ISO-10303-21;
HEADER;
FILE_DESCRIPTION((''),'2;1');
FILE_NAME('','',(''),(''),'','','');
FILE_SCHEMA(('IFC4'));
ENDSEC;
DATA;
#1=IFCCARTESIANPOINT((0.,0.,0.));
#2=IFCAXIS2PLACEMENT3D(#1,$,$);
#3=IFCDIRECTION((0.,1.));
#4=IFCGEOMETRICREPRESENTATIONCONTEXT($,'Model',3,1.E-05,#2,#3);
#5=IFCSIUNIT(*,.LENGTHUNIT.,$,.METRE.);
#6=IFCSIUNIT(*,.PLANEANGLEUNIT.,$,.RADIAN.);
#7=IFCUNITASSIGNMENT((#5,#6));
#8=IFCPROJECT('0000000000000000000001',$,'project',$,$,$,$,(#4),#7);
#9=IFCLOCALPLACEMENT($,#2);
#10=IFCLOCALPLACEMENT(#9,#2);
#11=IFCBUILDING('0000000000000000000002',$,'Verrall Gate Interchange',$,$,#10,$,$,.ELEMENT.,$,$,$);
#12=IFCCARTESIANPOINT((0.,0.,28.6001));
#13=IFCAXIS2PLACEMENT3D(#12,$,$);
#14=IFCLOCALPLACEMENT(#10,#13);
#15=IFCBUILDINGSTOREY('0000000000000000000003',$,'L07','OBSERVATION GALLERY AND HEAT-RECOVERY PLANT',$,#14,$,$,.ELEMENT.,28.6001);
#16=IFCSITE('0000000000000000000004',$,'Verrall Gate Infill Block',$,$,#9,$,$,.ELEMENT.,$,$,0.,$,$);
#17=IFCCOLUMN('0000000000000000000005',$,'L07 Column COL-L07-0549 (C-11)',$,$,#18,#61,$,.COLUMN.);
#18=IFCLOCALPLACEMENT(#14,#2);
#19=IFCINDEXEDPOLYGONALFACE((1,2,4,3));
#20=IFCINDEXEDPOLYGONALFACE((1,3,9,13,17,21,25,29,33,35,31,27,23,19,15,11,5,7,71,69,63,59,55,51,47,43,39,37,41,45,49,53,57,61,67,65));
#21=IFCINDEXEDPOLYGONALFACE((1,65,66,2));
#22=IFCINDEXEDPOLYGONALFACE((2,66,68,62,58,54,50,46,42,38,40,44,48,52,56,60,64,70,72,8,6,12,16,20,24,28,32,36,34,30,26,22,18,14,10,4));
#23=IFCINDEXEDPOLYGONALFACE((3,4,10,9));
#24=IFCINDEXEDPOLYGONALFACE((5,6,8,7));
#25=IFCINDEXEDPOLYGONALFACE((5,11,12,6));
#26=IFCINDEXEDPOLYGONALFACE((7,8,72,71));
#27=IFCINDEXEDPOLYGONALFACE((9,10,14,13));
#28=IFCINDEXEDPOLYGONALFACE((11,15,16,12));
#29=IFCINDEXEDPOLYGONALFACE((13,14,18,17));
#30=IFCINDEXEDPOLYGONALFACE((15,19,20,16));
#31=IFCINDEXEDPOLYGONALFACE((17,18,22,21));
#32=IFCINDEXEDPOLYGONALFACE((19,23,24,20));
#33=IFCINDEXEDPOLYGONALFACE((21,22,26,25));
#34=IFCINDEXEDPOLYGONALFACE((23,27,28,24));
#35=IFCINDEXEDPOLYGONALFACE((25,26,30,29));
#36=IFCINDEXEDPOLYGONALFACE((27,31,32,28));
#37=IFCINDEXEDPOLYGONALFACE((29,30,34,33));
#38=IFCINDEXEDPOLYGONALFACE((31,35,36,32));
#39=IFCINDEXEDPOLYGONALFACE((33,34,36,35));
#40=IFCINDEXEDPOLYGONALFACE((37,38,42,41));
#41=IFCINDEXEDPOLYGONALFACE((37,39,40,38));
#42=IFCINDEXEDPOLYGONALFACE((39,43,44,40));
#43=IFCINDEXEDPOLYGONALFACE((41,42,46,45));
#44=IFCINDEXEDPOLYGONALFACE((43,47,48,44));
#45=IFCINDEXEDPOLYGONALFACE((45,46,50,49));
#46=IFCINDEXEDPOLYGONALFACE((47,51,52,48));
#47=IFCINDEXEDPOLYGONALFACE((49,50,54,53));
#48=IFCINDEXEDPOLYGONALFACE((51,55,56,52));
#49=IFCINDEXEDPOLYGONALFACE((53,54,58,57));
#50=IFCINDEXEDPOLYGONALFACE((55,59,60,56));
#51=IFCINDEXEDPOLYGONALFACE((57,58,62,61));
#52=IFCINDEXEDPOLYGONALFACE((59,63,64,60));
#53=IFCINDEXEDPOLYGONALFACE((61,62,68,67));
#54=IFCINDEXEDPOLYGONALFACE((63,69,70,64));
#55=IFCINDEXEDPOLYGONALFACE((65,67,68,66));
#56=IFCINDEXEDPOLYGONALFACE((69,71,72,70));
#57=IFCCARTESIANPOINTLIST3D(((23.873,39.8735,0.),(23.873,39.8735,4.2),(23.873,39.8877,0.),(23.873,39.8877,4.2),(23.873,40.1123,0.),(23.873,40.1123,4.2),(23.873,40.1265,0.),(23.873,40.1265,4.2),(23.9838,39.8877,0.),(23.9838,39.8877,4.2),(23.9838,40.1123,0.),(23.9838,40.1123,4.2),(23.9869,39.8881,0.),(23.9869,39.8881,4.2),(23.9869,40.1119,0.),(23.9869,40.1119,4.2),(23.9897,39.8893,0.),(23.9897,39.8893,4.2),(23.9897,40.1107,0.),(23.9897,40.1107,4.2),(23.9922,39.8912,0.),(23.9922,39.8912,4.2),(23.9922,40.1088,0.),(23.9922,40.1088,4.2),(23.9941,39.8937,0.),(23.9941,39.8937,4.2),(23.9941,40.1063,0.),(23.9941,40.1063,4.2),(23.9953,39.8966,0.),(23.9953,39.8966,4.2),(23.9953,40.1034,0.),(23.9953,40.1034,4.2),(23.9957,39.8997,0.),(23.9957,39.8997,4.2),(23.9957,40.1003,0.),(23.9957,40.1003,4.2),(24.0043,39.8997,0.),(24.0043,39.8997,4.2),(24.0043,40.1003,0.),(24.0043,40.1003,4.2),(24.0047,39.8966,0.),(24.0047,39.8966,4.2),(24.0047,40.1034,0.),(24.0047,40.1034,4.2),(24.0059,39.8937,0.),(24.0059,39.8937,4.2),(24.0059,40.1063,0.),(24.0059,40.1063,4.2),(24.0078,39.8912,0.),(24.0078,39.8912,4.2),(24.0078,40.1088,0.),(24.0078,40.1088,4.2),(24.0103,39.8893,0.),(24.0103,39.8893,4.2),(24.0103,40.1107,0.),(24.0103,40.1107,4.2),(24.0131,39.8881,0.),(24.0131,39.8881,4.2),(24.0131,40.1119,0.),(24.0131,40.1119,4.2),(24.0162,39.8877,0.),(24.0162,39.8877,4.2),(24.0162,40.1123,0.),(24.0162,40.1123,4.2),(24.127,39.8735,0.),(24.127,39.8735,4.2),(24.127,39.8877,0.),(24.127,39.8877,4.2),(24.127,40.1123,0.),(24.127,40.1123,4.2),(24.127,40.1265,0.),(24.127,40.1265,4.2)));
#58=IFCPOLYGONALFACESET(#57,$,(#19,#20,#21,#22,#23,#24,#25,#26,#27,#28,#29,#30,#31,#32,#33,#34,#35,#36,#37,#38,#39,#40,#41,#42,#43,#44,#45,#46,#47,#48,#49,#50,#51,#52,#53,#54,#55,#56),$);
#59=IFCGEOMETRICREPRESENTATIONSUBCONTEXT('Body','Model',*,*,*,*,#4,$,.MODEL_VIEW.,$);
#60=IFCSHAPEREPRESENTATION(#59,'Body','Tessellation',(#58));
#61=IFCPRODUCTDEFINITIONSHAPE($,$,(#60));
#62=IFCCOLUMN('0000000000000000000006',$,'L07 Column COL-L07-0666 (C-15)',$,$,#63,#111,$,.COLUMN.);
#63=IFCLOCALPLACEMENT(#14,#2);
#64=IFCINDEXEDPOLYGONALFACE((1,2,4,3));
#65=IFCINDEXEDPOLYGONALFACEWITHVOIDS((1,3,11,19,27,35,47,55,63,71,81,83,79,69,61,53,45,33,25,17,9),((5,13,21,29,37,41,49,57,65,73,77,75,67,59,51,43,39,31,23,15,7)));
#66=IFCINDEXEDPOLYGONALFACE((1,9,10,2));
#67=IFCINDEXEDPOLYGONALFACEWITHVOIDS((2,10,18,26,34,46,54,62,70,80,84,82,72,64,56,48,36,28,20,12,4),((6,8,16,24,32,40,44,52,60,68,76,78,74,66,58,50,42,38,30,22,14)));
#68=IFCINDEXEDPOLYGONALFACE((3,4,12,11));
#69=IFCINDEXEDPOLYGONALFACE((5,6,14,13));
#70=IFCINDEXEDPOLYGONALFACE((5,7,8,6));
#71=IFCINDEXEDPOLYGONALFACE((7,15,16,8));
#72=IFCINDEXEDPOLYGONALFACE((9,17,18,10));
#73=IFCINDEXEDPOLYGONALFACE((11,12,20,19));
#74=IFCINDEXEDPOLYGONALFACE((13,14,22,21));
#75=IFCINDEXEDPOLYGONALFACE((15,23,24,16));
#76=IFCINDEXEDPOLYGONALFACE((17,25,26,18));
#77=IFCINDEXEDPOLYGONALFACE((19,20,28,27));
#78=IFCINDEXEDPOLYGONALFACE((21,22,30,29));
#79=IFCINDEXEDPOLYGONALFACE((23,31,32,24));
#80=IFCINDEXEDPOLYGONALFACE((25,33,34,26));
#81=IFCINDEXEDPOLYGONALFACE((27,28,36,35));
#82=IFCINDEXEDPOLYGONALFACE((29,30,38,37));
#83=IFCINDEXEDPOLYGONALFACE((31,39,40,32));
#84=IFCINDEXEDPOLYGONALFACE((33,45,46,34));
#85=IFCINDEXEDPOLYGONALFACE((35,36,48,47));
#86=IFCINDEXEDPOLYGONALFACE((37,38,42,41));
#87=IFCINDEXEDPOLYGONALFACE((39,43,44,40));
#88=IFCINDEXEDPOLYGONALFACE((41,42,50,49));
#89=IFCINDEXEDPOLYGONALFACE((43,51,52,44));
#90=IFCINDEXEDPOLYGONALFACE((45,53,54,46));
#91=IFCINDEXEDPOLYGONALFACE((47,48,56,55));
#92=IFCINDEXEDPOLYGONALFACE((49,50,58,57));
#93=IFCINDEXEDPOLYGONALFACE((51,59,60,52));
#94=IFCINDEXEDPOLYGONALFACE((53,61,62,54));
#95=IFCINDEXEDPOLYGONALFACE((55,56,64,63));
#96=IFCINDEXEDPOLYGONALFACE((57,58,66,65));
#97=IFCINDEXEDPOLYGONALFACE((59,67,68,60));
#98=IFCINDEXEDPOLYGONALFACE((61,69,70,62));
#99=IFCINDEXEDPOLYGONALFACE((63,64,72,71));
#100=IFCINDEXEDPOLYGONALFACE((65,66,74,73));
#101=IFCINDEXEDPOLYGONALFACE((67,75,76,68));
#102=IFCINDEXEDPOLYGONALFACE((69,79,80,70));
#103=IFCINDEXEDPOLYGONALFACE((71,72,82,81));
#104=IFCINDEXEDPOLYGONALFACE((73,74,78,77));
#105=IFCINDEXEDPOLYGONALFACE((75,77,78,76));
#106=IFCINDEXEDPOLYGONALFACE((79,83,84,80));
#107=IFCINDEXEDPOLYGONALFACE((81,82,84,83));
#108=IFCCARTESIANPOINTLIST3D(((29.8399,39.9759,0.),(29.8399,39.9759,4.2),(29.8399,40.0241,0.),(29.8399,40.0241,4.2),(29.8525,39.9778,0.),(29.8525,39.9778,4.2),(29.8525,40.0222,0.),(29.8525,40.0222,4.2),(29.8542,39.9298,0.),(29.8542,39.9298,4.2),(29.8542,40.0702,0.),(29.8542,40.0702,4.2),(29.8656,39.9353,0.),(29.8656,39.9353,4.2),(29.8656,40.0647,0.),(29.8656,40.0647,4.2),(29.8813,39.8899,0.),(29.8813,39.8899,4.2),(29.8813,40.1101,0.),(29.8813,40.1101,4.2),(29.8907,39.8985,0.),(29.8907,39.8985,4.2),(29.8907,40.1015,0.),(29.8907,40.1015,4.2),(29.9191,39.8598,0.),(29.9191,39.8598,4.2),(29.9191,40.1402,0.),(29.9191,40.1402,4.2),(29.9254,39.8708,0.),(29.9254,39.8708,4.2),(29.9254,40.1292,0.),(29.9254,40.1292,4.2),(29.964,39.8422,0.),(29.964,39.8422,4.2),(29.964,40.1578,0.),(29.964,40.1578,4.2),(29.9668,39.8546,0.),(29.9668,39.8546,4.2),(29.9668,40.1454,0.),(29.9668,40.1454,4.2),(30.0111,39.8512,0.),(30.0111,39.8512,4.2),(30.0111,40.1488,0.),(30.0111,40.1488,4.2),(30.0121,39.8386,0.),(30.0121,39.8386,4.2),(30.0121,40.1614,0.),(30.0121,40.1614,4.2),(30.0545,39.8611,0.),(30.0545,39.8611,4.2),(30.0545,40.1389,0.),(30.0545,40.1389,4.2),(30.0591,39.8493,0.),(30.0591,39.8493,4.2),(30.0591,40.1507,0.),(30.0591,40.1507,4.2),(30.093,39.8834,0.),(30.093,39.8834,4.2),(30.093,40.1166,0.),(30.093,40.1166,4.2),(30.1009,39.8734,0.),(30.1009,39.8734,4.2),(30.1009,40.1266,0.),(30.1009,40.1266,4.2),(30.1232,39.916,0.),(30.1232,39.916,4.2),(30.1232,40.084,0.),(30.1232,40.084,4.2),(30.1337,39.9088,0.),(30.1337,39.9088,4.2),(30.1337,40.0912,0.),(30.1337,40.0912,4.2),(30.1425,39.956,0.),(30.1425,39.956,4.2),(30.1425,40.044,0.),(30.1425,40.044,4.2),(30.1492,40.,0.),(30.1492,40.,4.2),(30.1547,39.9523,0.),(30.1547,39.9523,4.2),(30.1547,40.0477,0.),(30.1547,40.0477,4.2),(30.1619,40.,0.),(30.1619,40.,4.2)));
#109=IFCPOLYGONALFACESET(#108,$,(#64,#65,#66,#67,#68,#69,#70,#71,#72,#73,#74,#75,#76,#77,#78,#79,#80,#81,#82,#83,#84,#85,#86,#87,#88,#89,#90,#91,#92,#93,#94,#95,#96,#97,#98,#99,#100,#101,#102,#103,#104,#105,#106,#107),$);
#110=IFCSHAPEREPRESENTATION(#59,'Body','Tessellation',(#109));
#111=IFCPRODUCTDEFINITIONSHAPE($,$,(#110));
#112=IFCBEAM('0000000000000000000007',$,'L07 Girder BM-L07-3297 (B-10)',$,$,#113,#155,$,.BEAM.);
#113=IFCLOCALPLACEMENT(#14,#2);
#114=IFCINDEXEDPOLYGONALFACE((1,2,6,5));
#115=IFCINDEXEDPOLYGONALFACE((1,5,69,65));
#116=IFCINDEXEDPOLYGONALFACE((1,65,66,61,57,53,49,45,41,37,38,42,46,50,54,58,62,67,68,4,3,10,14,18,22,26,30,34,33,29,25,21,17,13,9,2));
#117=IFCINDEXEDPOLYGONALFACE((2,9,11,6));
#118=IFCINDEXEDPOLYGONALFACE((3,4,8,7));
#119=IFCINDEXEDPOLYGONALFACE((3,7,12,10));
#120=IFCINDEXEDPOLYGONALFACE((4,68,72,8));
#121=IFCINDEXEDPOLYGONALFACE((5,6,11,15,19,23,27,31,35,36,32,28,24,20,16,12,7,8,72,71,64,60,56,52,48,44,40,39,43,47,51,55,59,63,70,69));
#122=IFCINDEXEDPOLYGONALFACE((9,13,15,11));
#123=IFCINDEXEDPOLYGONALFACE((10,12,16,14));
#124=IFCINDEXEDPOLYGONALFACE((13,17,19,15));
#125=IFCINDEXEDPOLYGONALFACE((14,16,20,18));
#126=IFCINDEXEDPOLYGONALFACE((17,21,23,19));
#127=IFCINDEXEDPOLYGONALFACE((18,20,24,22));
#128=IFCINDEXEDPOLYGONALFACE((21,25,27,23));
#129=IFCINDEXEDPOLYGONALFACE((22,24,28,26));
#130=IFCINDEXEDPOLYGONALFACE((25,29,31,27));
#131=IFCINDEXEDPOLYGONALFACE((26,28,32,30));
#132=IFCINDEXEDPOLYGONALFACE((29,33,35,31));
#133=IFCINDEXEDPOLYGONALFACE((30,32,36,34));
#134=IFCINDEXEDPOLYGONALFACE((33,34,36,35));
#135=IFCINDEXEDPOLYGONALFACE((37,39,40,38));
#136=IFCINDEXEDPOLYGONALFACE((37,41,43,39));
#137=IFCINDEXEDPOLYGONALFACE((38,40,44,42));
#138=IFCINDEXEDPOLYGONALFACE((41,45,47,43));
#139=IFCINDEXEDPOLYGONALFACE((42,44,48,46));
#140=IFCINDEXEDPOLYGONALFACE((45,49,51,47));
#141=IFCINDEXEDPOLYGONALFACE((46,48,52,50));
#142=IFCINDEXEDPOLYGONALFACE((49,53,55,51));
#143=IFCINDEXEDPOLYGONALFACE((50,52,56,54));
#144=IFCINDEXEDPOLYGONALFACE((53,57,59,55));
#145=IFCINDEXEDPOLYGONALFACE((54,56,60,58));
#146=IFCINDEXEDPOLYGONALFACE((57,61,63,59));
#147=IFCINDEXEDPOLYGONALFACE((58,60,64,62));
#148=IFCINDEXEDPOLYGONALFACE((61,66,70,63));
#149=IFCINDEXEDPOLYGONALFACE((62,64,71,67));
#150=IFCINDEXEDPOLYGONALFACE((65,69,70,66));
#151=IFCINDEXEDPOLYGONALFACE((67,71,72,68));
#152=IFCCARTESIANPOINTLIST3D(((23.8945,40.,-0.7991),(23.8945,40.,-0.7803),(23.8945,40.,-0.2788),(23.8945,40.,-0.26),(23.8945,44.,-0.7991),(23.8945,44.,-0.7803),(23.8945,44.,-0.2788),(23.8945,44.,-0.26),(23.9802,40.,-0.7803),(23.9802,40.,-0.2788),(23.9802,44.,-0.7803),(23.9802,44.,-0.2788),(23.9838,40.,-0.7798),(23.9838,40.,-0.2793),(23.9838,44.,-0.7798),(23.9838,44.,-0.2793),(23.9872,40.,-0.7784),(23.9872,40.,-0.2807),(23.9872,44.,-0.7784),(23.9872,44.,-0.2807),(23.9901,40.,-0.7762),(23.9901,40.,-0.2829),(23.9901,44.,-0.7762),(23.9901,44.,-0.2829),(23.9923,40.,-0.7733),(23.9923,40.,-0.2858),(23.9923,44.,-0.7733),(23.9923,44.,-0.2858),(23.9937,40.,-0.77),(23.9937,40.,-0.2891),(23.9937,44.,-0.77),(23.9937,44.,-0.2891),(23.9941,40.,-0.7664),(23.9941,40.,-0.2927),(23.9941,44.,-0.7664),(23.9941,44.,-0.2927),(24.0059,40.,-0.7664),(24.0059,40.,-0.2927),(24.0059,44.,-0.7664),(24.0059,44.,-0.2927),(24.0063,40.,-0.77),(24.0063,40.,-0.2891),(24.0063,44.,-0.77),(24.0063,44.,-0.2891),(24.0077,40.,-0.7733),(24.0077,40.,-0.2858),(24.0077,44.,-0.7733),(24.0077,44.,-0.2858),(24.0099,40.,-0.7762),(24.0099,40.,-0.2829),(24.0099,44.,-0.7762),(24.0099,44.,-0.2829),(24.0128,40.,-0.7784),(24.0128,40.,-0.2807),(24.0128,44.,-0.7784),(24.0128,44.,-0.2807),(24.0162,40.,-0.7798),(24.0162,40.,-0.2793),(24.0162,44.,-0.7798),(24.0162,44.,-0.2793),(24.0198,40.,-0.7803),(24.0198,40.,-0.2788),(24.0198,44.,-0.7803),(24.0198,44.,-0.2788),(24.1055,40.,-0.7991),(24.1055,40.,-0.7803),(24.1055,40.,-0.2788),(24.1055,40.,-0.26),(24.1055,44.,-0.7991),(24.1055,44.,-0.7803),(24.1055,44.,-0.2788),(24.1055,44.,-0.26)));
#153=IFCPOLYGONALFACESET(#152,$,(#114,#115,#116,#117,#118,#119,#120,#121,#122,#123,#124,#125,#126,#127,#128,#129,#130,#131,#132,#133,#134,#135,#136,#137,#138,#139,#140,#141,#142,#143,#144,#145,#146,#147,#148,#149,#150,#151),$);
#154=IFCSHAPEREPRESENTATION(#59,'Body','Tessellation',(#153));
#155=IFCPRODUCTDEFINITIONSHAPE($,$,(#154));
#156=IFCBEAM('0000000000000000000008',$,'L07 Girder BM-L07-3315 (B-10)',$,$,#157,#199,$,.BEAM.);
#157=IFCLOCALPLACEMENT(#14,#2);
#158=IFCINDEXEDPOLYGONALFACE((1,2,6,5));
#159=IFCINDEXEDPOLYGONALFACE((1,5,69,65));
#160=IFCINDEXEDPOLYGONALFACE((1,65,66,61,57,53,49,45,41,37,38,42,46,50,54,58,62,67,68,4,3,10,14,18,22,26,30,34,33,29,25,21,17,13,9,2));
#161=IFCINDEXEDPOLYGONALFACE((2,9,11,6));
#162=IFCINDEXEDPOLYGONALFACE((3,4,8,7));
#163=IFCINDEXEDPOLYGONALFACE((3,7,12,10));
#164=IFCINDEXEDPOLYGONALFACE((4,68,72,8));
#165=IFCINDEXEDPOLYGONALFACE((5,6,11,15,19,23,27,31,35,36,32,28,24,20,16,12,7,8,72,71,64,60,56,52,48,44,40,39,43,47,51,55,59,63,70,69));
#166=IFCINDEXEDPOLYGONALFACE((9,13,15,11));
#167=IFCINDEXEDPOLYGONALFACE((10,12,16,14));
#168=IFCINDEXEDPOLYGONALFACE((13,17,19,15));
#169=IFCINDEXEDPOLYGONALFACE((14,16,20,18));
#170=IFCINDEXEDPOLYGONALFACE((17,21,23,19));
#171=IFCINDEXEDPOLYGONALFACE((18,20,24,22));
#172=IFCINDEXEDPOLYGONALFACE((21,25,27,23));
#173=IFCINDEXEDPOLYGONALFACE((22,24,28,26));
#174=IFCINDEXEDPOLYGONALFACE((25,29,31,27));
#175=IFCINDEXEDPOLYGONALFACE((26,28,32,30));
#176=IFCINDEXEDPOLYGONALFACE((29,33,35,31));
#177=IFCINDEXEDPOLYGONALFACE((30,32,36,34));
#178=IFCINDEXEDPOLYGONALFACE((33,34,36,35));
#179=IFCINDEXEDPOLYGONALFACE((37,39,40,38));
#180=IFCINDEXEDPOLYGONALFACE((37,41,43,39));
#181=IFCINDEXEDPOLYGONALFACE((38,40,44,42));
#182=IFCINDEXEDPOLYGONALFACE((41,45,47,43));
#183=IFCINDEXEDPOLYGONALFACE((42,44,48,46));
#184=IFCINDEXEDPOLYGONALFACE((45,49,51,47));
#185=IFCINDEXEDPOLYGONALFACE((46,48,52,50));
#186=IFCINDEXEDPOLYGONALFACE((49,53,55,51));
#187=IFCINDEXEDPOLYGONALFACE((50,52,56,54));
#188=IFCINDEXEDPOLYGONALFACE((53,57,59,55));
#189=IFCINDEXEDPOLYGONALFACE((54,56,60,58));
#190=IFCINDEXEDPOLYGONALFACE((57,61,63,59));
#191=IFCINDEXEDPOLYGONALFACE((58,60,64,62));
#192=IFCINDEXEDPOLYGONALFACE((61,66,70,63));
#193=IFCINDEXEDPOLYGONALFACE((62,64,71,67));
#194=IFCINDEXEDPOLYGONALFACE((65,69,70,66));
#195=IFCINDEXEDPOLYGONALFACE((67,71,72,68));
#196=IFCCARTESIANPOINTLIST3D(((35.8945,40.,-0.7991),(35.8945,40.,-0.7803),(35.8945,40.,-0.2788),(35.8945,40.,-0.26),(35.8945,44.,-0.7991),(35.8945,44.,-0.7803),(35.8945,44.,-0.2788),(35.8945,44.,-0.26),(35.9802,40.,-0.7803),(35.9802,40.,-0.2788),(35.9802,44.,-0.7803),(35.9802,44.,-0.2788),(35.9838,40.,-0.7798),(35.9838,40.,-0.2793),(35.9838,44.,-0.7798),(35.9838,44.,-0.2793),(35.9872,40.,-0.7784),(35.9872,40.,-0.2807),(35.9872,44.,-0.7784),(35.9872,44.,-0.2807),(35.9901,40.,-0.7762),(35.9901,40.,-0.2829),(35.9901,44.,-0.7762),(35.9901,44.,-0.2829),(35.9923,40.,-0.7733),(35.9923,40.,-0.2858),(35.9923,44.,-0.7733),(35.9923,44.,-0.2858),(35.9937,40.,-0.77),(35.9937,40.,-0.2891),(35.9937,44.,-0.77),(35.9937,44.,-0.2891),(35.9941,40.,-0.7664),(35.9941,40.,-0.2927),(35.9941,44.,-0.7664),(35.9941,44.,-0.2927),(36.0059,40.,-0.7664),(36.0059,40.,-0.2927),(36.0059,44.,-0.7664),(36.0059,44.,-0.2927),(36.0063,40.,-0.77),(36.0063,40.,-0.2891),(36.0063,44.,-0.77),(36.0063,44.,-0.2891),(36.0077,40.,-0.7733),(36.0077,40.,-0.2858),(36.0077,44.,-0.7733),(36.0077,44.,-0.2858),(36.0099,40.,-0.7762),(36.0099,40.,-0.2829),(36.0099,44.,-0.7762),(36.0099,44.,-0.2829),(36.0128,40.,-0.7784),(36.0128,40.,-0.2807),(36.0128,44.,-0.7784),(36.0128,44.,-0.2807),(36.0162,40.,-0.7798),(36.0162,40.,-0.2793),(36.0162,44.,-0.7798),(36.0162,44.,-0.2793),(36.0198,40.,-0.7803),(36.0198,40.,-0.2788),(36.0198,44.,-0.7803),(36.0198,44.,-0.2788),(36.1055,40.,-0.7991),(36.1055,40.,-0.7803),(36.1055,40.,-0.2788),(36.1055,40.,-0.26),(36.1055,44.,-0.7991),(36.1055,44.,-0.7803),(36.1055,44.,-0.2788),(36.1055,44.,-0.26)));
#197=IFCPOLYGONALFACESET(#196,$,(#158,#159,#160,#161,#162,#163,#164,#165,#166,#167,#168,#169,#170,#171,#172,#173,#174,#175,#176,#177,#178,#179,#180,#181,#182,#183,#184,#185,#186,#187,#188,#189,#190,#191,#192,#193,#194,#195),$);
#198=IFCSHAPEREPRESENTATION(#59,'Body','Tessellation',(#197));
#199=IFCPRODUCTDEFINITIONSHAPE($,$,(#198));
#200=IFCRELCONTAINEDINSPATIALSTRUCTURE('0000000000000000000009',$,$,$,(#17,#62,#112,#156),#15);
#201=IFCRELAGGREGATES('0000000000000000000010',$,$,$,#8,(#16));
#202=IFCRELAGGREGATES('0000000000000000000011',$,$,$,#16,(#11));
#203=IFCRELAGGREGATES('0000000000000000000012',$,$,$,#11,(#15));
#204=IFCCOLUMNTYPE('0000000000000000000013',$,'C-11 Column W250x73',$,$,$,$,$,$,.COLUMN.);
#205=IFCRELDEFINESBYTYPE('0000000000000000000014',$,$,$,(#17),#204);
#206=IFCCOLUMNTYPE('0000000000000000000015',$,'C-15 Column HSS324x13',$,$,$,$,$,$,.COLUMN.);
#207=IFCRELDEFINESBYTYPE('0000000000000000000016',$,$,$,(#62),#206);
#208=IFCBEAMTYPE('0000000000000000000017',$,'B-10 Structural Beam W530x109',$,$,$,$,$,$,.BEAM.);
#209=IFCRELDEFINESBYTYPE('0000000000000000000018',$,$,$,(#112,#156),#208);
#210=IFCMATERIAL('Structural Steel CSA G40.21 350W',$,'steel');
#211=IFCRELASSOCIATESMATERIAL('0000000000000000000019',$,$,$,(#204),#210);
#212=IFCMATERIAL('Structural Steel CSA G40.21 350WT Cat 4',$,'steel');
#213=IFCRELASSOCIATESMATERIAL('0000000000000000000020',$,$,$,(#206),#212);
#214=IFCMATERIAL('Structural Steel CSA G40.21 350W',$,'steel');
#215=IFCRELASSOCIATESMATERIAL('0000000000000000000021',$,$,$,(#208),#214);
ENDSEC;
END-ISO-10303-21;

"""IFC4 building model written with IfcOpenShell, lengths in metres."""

from ifc_helpers import new_model, si_unit, direction, frame, origin, origin_2d, place, context, subcontext, project, spatial, hollow_circle, i_section, extrude, material, material_profile, profile_set, type_object, element, save


model = new_model("IFC4")

# Units and contexts
model_context = context("Model", 3, precision=1e-05, world=origin(), true_north=direction((0.0, 1.0)))
body_context = subcontext(model_context, "Body", "Model", "MODEL_VIEW")
ifc_project = project(units=[si_unit("LENGTHUNIT", "METRE"), si_unit("PLANEANGLEUNIT", "RADIAN")], contexts=[model_context])

# Site, building, storey
site_placement = place(None, origin())
site = spatial("IfcSite", under=ifc_project, at=site_placement, Name="Verrall Gate Infill Block", CompositionType="ELEMENT", RefElevation=0.0)
building_placement = place(site_placement, origin())
building = spatial("IfcBuilding", under=site, at=building_placement, Name="Verrall Gate Interchange", CompositionType="ELEMENT")
storey_placement = place(building_placement, frame((0.0, 0.0, 28.6001)))
storey = spatial("IfcBuildingStorey", under=building, at=storey_placement, Name="L07", Description="OBSERVATION GALLERY AND HEAT-RECOVERY PLANT", CompositionType="ELEMENT", Elevation=28.6001)

# Columns
ifc_material_1 = material(Name="Structural Steel CSA G40.21 350W", Category="steel")
ifc_material_profile_1 = material_profile(ifc_material_1, i_section(OverallWidth=0.2539, OverallDepth=0.2529, WebThickness=0.0085, FlangeThickness=0.0142, FilletRadius=0.012, at=origin_2d()), Name="W250x73")
ifc_profile_set_1 = profile_set([ifc_material_profile_1], Name="Structural Steel CSA G40.21 350W")
column_type_1 = type_object("IfcColumnType", Name="C-11 Column W250x73", PredefinedType="COLUMN", material=ifc_profile_set_1)
column_1_placement = place(storey_placement, frame((24.0, 40.0, 0.0), z_axis=(0.0, 0.0, 1.0), x_axis=(1.0, 0.0, 0.0)))
element("IfcColumn", 1, at=column_1_placement, inside=storey, type_object=column_type_1, Name="L07 Column COL-L07-0549 (C-11)", PredefinedType="COLUMN", context=body_context, shape_type="SweptSolid", body=[
    extrude(i_section(OverallWidth=0.2539, OverallDepth=0.2529, WebThickness=0.0085, FlangeThickness=0.0142, FilletRadius=0.012, at=origin_2d()), origin(), (0.0, 0.0, 1.0), 4.2),
])
ifc_material_2 = material(Name="Structural Steel CSA G40.21 350WT Cat 4", Category="steel")
ifc_material_profile_2 = material_profile(ifc_material_2, hollow_circle(Radius=0.1619, WallThickness=0.0127, at=origin_2d()), Name="HSS324x13")
ifc_profile_set_2 = profile_set([ifc_material_profile_2], Name="Structural Steel CSA G40.21 350WT Cat 4")
column_type_2 = type_object("IfcColumnType", Name="C-15 Column HSS324x13", PredefinedType="COLUMN", material=ifc_profile_set_2)
column_2_placement = place(storey_placement, frame((30.0, 40.0, 0.0), z_axis=(0.0, 0.0, 1.0), x_axis=(1.0, 0.0, 0.0)))
element("IfcColumn", 2, at=column_2_placement, inside=storey, type_object=column_type_2, Name="L07 Column COL-L07-0666 (C-15)", PredefinedType="COLUMN", context=body_context, shape_type="SweptSolid", body=[
    extrude(hollow_circle(Radius=0.1619, WallThickness=0.0127, at=origin_2d()), origin(), (0.0, 0.0, 1.0), 4.2),
])

# Beams
ifc_material_3 = material(Name="Structural Steel CSA G40.21 350W", Category="steel")
ifc_material_profile_3 = material_profile(ifc_material_3, i_section(OverallWidth=0.2109, OverallDepth=0.5391, WebThickness=0.0117, FlangeThickness=0.0188, FilletRadius=0.0139, at=origin_2d()), Name="W530x109")
ifc_profile_set_3 = profile_set([ifc_material_profile_3], Name="Structural Steel CSA G40.21 350W")
beam_type_1 = type_object("IfcBeamType", Name="B-10 Structural Beam W530x109", PredefinedType="BEAM", material=ifc_profile_set_3)
for number, where, z_axis, x_axis, name in (
    (3, (24.0, 40.0, -0.5295), (0.0, 1.0, 0.0), (-1.0, 0.0, 0.0), "L07 Girder BM-L07-3297 (B-10)"),
    (4, (36.0, 40.0, -0.5295), (0.0, 1.0, 0.0), (-1.0, 0.0, 0.0), "L07 Girder BM-L07-3315 (B-10)"),
):
    element("IfcBeam", number, at=place(storey_placement, frame(where, z_axis=z_axis, x_axis=x_axis)), inside=storey, type_object=beam_type_1, Name=name, PredefinedType="BEAM", context=body_context, shape_type="SweptSolid", body=[
        extrude(i_section(OverallWidth=0.2109, OverallDepth=0.5391, WebThickness=0.0117, FlangeThickness=0.0188, FilletRadius=0.0139, at=origin_2d()), origin(), (0.0, 0.0, 1.0), 4.0),
    ])

save(model, "model.ifc")
